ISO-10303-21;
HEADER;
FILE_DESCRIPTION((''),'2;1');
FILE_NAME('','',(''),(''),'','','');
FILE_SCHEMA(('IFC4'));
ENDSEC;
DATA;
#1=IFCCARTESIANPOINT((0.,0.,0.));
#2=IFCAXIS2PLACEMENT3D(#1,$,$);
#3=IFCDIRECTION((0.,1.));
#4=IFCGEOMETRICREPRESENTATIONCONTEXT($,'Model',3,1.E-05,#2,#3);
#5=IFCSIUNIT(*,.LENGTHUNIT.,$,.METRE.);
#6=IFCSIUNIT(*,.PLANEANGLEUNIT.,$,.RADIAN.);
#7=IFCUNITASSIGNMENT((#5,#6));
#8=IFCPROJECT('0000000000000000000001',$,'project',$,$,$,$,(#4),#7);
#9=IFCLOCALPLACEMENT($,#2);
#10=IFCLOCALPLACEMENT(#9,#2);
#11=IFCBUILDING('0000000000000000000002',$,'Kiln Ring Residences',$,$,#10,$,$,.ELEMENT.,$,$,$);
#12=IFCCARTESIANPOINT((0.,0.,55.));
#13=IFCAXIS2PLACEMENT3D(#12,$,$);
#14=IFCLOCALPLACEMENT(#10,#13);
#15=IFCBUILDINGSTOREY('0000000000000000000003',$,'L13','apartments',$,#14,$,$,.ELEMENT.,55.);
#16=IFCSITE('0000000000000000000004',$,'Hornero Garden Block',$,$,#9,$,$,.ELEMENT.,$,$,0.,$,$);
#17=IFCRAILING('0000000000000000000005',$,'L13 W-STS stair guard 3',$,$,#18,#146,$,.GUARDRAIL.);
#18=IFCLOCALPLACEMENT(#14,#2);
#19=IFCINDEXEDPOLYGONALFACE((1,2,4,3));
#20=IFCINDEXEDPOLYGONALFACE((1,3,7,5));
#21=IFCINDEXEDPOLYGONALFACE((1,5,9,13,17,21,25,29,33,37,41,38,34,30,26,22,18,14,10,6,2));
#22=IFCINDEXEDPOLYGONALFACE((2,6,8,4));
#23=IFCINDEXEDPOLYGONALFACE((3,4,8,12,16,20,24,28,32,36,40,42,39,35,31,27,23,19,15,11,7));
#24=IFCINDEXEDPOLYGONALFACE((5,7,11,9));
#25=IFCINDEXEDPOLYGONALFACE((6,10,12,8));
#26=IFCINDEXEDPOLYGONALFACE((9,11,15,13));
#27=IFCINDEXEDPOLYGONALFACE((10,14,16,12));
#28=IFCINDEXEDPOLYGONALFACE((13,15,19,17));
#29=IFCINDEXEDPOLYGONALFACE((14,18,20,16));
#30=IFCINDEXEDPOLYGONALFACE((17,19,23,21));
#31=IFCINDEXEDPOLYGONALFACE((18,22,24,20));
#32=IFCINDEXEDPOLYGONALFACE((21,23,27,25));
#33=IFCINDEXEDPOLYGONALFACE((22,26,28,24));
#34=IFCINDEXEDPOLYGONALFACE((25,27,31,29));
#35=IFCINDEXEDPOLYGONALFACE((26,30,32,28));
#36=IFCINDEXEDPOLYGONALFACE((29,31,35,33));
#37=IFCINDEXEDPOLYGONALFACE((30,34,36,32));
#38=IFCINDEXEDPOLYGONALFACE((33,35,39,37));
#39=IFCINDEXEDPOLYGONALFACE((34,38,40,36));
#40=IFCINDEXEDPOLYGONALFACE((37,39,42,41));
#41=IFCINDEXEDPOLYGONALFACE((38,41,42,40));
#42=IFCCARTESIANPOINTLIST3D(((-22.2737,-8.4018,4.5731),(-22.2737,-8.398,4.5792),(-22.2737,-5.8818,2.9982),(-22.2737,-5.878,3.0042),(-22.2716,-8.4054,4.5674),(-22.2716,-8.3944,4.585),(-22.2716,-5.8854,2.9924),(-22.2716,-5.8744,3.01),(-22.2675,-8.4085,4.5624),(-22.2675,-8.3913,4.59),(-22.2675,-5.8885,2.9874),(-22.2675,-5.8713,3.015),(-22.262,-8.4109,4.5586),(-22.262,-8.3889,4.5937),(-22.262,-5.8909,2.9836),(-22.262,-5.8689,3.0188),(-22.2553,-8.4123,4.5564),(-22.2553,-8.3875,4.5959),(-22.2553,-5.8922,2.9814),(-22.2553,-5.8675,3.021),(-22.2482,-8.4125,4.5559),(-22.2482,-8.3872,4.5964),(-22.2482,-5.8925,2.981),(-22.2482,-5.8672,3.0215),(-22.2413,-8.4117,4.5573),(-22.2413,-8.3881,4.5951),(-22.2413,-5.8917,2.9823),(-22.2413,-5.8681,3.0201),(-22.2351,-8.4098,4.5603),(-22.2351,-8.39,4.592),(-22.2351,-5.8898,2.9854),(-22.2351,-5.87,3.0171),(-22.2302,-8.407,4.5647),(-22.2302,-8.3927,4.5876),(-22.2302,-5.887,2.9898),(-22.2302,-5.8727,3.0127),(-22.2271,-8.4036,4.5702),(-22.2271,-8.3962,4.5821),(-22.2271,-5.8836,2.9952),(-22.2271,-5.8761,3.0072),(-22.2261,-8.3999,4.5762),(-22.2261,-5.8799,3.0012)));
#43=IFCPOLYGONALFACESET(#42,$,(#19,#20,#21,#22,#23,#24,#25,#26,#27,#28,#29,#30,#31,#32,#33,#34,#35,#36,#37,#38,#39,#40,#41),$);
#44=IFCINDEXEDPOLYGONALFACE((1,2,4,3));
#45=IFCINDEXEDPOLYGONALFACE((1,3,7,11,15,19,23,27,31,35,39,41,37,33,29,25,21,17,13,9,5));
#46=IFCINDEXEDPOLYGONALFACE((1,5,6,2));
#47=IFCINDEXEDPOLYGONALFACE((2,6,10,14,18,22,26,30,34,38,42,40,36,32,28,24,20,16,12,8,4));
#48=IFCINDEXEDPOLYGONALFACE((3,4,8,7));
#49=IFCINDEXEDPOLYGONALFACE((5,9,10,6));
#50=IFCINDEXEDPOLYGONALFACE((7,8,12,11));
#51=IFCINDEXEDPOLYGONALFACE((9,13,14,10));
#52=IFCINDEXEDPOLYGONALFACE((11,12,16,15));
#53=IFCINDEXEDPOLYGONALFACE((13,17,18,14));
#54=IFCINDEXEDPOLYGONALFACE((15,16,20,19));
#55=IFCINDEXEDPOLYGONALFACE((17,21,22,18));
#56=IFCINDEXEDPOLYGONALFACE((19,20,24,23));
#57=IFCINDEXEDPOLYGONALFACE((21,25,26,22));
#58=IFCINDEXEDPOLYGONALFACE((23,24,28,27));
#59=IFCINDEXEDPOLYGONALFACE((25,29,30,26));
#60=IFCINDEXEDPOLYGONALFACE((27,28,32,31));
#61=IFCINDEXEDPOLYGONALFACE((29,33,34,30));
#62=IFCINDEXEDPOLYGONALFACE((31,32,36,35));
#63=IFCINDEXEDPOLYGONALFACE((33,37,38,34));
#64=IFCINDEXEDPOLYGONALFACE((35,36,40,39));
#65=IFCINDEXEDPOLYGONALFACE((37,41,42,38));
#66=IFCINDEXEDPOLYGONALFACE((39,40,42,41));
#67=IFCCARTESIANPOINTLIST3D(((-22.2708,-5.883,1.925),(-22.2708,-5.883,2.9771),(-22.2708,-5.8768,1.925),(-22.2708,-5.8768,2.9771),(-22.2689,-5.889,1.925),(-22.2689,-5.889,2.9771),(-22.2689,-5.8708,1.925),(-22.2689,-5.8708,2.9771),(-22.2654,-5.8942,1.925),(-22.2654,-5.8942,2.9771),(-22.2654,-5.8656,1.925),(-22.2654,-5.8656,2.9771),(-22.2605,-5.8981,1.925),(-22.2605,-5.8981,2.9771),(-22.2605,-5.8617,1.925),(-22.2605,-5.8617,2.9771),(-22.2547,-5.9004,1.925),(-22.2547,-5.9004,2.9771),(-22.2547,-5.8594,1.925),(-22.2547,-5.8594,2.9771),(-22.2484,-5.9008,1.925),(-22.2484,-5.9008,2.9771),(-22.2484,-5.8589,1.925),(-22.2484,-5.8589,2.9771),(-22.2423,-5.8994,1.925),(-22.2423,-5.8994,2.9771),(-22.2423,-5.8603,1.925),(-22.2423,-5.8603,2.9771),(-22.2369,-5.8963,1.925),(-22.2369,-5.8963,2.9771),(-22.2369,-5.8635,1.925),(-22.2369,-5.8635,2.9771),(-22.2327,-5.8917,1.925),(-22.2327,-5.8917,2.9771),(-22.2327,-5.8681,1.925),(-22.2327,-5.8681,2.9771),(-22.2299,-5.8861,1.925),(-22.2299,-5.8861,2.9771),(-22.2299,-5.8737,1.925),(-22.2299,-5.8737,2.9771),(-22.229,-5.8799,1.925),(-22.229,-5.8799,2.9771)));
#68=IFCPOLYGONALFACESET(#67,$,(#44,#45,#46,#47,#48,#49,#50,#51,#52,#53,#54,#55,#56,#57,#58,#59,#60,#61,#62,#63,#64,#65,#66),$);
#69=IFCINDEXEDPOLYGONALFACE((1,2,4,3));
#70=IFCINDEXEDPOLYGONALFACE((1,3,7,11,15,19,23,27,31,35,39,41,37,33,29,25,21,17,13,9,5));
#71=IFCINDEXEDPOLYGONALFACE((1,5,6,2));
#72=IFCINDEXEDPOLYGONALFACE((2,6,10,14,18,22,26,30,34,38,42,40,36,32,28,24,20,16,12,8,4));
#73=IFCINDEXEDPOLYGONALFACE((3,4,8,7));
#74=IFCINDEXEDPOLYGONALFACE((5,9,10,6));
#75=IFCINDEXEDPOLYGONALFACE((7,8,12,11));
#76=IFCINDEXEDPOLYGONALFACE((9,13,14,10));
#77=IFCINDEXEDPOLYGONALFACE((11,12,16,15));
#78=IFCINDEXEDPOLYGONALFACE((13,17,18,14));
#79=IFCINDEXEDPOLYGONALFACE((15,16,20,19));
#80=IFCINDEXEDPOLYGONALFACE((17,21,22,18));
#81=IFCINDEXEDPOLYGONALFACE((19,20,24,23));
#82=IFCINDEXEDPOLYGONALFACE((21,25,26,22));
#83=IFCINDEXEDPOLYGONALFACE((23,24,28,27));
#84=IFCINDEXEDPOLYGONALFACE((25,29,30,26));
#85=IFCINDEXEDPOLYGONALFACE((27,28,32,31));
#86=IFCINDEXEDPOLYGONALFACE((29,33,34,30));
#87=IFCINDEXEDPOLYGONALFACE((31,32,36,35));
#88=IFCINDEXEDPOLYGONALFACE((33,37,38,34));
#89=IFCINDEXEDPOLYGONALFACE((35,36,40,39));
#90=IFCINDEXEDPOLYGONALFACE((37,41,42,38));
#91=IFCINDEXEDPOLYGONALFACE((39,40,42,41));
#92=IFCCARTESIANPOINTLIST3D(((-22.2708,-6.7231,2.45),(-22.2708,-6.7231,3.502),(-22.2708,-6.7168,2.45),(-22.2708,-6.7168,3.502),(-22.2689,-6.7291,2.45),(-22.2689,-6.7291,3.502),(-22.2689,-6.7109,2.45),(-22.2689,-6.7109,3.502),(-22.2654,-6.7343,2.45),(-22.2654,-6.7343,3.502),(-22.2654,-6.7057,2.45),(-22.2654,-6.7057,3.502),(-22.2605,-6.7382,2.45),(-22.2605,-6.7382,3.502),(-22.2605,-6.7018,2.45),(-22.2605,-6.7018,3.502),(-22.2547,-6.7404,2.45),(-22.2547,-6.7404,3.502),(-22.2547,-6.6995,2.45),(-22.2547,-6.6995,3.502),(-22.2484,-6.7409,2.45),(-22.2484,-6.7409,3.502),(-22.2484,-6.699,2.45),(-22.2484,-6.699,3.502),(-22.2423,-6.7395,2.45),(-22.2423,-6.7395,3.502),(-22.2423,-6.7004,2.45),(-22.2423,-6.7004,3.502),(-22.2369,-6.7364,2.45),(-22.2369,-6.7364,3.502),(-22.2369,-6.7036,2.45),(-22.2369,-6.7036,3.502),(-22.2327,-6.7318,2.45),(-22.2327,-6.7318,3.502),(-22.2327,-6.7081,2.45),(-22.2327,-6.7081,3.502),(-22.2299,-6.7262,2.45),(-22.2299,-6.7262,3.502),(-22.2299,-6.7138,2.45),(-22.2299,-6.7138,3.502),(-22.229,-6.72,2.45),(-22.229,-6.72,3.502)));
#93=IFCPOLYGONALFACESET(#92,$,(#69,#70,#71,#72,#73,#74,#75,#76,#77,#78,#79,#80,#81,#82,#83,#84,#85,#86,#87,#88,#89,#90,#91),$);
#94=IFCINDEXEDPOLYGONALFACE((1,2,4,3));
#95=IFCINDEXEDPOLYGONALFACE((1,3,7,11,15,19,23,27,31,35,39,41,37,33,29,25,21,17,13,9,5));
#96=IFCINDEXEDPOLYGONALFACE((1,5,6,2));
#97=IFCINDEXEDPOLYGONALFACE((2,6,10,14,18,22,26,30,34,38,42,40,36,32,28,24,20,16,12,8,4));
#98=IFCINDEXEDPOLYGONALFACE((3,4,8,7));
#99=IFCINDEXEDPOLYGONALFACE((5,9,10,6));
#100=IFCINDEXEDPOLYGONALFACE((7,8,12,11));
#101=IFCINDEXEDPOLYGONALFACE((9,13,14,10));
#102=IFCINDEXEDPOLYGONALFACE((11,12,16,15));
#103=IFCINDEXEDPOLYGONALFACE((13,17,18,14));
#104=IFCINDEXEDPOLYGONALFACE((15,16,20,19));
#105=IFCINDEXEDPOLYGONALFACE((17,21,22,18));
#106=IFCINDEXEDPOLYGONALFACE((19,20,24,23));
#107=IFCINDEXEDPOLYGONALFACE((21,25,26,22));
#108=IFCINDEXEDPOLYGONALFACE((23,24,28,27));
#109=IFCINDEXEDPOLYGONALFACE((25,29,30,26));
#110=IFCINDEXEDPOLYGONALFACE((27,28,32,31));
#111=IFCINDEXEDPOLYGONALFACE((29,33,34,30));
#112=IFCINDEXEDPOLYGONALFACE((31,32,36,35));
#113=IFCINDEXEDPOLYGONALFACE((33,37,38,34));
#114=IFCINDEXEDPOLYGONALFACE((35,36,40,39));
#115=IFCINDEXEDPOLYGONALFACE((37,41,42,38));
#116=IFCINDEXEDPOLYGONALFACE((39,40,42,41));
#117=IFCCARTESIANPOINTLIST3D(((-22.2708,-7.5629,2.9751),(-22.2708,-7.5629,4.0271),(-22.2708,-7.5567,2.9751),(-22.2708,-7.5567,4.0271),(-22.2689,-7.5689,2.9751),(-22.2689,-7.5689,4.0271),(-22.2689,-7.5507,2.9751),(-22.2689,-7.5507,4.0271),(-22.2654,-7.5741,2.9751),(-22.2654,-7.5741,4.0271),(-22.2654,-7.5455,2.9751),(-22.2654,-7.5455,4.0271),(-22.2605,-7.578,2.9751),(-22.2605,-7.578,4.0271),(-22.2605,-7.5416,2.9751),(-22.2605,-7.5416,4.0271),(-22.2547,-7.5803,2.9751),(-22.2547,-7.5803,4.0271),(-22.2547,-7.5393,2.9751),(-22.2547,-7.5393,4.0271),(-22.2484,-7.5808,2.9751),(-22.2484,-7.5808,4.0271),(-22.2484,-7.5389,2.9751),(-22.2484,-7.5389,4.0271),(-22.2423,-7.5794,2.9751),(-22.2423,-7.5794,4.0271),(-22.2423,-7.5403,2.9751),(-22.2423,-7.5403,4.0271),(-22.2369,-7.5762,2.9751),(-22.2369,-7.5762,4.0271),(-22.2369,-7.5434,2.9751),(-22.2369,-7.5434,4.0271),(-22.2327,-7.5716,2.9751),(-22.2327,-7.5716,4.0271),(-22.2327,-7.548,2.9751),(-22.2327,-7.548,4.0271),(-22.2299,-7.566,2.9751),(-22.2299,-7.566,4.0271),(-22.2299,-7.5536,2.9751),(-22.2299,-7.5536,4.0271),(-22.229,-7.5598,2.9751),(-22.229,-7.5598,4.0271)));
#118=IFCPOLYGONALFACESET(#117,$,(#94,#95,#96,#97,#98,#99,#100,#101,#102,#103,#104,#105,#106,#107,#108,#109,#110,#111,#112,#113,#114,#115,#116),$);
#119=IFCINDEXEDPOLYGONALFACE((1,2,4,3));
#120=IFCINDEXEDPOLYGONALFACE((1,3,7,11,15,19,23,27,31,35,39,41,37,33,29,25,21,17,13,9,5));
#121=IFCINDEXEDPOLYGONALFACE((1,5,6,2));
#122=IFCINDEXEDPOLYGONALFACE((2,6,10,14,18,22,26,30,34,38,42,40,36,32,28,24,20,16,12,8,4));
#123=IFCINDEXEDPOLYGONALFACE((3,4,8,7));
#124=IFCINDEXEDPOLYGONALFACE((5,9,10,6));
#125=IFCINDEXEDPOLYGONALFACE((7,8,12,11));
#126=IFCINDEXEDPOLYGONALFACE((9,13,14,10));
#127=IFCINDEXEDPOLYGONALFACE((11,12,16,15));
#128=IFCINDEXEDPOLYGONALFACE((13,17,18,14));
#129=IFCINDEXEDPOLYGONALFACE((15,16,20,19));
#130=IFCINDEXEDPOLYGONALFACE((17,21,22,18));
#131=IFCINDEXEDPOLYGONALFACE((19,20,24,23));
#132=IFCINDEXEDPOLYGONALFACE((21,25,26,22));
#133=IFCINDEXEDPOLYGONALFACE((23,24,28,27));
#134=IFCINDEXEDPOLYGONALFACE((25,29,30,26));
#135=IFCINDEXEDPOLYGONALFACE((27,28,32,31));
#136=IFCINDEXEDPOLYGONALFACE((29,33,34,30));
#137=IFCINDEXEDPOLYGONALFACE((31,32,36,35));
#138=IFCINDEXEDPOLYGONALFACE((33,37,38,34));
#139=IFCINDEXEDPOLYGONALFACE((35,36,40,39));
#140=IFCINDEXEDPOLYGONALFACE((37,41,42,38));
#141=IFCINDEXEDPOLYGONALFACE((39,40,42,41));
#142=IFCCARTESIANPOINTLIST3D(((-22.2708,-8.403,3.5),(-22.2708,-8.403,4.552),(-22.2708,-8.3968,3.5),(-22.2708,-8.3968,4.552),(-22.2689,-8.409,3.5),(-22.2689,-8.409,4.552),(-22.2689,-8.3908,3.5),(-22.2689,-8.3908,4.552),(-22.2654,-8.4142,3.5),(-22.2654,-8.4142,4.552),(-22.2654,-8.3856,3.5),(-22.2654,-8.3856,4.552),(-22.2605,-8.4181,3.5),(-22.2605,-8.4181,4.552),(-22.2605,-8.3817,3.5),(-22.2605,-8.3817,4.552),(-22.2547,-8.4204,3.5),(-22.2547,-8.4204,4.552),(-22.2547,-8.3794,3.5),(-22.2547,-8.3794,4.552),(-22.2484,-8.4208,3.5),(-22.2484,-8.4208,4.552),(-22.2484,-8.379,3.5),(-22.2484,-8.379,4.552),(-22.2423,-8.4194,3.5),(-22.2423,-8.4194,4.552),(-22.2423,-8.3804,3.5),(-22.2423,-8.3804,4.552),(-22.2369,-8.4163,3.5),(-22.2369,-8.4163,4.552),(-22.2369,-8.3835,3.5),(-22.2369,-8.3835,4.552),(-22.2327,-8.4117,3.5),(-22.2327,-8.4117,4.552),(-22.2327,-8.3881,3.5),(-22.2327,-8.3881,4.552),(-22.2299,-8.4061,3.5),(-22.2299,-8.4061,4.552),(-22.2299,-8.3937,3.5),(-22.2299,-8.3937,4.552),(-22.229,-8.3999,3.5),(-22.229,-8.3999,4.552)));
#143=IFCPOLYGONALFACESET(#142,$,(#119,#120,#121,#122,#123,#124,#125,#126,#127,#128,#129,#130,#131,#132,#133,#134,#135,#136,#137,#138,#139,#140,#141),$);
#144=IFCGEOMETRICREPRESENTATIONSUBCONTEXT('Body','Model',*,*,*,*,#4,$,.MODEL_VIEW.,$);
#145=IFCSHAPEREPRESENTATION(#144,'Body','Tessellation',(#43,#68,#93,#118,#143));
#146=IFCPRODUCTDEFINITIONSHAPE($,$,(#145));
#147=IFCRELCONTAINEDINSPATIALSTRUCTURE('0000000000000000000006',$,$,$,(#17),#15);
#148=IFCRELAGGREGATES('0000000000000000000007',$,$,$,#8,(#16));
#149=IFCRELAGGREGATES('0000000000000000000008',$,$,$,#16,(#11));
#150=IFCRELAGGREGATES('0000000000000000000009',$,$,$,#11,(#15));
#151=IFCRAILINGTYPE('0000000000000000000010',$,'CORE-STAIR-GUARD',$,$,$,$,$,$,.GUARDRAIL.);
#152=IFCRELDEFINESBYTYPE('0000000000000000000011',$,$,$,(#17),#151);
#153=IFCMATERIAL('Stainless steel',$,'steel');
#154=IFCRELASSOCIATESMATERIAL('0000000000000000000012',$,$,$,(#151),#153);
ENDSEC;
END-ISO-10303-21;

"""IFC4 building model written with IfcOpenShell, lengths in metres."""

from ifc_helpers import new_model, si_unit, direction, frame, origin, origin_2d, place, context, subcontext, project, spatial, circle, extrude, material, type_object, element, save


model = new_model("IFC4")

# Units and contexts
model_context = context("Model", 3, precision=1e-05, world=origin(), true_north=direction((0.0, 1.0)))
body_context = subcontext(model_context, "Body", "Model", "MODEL_VIEW")
ifc_project = project(units=[si_unit("LENGTHUNIT", "METRE"), si_unit("PLANEANGLEUNIT", "RADIAN")], contexts=[model_context])

# Site, building, storey
site_placement = place(None, origin())
site = spatial("IfcSite", under=ifc_project, at=site_placement, Name="Hornero Garden Block", CompositionType="ELEMENT", RefElevation=0.0)
building_placement = place(site_placement, origin())
building = spatial("IfcBuilding", under=site, at=building_placement, Name="Kiln Ring Residences", CompositionType="ELEMENT")
storey_placement = place(building_placement, frame((0.0, 0.0, 55.0)))
storey = spatial("IfcBuildingStorey", under=building, at=storey_placement, Name="L13", Description="apartments", CompositionType="ELEMENT", Elevation=55.0)

# Railing
ifc_material_1 = material(Name="Stainless steel", Category="steel")
railing_type_1 = type_object("IfcRailingType", Name="CORE-STAIR-GUARD", PredefinedType="GUARDRAIL", material=ifc_material_1)
railing_1_placement = place(storey_placement, frame((-22.25, -5.8799, 1.925)))
element("IfcRailing", 1, at=railing_1_placement, inside=storey, type_object=railing_type_1, Name="L13 W-STS stair guard 3", PredefinedType="GUARDRAIL", context=body_context, shape_type="SweptSolid", body=[
    extrude(circle(Radius=0.0239, at=origin_2d()), frame((0.0, 0.0, 1.0762), z_axis=(0.0, -0.848008, 0.529984), x_axis=(1.0, 0.0, 0.0)), (0.0, 0.0, 1.0), 2.9717),
    extrude(circle(Radius=0.021, at=origin_2d()), origin(), (0.0, 0.0, 1.0), 1.052),
    extrude(circle(Radius=0.021, at=origin_2d()), frame((0.0, -0.8401, 0.5249)), (0.0, 0.0, 1.0), 1.052),
    extrude(circle(Radius=0.021, at=origin_2d()), frame((0.0, -1.6799, 1.05)), (0.0, 0.0, 1.0), 1.052),
    extrude(circle(Radius=0.021, at=origin_2d()), frame((0.0, -2.52, 1.575)), (0.0, 0.0, 1.0), 1.052),
])

save(model, "model.ifc")
